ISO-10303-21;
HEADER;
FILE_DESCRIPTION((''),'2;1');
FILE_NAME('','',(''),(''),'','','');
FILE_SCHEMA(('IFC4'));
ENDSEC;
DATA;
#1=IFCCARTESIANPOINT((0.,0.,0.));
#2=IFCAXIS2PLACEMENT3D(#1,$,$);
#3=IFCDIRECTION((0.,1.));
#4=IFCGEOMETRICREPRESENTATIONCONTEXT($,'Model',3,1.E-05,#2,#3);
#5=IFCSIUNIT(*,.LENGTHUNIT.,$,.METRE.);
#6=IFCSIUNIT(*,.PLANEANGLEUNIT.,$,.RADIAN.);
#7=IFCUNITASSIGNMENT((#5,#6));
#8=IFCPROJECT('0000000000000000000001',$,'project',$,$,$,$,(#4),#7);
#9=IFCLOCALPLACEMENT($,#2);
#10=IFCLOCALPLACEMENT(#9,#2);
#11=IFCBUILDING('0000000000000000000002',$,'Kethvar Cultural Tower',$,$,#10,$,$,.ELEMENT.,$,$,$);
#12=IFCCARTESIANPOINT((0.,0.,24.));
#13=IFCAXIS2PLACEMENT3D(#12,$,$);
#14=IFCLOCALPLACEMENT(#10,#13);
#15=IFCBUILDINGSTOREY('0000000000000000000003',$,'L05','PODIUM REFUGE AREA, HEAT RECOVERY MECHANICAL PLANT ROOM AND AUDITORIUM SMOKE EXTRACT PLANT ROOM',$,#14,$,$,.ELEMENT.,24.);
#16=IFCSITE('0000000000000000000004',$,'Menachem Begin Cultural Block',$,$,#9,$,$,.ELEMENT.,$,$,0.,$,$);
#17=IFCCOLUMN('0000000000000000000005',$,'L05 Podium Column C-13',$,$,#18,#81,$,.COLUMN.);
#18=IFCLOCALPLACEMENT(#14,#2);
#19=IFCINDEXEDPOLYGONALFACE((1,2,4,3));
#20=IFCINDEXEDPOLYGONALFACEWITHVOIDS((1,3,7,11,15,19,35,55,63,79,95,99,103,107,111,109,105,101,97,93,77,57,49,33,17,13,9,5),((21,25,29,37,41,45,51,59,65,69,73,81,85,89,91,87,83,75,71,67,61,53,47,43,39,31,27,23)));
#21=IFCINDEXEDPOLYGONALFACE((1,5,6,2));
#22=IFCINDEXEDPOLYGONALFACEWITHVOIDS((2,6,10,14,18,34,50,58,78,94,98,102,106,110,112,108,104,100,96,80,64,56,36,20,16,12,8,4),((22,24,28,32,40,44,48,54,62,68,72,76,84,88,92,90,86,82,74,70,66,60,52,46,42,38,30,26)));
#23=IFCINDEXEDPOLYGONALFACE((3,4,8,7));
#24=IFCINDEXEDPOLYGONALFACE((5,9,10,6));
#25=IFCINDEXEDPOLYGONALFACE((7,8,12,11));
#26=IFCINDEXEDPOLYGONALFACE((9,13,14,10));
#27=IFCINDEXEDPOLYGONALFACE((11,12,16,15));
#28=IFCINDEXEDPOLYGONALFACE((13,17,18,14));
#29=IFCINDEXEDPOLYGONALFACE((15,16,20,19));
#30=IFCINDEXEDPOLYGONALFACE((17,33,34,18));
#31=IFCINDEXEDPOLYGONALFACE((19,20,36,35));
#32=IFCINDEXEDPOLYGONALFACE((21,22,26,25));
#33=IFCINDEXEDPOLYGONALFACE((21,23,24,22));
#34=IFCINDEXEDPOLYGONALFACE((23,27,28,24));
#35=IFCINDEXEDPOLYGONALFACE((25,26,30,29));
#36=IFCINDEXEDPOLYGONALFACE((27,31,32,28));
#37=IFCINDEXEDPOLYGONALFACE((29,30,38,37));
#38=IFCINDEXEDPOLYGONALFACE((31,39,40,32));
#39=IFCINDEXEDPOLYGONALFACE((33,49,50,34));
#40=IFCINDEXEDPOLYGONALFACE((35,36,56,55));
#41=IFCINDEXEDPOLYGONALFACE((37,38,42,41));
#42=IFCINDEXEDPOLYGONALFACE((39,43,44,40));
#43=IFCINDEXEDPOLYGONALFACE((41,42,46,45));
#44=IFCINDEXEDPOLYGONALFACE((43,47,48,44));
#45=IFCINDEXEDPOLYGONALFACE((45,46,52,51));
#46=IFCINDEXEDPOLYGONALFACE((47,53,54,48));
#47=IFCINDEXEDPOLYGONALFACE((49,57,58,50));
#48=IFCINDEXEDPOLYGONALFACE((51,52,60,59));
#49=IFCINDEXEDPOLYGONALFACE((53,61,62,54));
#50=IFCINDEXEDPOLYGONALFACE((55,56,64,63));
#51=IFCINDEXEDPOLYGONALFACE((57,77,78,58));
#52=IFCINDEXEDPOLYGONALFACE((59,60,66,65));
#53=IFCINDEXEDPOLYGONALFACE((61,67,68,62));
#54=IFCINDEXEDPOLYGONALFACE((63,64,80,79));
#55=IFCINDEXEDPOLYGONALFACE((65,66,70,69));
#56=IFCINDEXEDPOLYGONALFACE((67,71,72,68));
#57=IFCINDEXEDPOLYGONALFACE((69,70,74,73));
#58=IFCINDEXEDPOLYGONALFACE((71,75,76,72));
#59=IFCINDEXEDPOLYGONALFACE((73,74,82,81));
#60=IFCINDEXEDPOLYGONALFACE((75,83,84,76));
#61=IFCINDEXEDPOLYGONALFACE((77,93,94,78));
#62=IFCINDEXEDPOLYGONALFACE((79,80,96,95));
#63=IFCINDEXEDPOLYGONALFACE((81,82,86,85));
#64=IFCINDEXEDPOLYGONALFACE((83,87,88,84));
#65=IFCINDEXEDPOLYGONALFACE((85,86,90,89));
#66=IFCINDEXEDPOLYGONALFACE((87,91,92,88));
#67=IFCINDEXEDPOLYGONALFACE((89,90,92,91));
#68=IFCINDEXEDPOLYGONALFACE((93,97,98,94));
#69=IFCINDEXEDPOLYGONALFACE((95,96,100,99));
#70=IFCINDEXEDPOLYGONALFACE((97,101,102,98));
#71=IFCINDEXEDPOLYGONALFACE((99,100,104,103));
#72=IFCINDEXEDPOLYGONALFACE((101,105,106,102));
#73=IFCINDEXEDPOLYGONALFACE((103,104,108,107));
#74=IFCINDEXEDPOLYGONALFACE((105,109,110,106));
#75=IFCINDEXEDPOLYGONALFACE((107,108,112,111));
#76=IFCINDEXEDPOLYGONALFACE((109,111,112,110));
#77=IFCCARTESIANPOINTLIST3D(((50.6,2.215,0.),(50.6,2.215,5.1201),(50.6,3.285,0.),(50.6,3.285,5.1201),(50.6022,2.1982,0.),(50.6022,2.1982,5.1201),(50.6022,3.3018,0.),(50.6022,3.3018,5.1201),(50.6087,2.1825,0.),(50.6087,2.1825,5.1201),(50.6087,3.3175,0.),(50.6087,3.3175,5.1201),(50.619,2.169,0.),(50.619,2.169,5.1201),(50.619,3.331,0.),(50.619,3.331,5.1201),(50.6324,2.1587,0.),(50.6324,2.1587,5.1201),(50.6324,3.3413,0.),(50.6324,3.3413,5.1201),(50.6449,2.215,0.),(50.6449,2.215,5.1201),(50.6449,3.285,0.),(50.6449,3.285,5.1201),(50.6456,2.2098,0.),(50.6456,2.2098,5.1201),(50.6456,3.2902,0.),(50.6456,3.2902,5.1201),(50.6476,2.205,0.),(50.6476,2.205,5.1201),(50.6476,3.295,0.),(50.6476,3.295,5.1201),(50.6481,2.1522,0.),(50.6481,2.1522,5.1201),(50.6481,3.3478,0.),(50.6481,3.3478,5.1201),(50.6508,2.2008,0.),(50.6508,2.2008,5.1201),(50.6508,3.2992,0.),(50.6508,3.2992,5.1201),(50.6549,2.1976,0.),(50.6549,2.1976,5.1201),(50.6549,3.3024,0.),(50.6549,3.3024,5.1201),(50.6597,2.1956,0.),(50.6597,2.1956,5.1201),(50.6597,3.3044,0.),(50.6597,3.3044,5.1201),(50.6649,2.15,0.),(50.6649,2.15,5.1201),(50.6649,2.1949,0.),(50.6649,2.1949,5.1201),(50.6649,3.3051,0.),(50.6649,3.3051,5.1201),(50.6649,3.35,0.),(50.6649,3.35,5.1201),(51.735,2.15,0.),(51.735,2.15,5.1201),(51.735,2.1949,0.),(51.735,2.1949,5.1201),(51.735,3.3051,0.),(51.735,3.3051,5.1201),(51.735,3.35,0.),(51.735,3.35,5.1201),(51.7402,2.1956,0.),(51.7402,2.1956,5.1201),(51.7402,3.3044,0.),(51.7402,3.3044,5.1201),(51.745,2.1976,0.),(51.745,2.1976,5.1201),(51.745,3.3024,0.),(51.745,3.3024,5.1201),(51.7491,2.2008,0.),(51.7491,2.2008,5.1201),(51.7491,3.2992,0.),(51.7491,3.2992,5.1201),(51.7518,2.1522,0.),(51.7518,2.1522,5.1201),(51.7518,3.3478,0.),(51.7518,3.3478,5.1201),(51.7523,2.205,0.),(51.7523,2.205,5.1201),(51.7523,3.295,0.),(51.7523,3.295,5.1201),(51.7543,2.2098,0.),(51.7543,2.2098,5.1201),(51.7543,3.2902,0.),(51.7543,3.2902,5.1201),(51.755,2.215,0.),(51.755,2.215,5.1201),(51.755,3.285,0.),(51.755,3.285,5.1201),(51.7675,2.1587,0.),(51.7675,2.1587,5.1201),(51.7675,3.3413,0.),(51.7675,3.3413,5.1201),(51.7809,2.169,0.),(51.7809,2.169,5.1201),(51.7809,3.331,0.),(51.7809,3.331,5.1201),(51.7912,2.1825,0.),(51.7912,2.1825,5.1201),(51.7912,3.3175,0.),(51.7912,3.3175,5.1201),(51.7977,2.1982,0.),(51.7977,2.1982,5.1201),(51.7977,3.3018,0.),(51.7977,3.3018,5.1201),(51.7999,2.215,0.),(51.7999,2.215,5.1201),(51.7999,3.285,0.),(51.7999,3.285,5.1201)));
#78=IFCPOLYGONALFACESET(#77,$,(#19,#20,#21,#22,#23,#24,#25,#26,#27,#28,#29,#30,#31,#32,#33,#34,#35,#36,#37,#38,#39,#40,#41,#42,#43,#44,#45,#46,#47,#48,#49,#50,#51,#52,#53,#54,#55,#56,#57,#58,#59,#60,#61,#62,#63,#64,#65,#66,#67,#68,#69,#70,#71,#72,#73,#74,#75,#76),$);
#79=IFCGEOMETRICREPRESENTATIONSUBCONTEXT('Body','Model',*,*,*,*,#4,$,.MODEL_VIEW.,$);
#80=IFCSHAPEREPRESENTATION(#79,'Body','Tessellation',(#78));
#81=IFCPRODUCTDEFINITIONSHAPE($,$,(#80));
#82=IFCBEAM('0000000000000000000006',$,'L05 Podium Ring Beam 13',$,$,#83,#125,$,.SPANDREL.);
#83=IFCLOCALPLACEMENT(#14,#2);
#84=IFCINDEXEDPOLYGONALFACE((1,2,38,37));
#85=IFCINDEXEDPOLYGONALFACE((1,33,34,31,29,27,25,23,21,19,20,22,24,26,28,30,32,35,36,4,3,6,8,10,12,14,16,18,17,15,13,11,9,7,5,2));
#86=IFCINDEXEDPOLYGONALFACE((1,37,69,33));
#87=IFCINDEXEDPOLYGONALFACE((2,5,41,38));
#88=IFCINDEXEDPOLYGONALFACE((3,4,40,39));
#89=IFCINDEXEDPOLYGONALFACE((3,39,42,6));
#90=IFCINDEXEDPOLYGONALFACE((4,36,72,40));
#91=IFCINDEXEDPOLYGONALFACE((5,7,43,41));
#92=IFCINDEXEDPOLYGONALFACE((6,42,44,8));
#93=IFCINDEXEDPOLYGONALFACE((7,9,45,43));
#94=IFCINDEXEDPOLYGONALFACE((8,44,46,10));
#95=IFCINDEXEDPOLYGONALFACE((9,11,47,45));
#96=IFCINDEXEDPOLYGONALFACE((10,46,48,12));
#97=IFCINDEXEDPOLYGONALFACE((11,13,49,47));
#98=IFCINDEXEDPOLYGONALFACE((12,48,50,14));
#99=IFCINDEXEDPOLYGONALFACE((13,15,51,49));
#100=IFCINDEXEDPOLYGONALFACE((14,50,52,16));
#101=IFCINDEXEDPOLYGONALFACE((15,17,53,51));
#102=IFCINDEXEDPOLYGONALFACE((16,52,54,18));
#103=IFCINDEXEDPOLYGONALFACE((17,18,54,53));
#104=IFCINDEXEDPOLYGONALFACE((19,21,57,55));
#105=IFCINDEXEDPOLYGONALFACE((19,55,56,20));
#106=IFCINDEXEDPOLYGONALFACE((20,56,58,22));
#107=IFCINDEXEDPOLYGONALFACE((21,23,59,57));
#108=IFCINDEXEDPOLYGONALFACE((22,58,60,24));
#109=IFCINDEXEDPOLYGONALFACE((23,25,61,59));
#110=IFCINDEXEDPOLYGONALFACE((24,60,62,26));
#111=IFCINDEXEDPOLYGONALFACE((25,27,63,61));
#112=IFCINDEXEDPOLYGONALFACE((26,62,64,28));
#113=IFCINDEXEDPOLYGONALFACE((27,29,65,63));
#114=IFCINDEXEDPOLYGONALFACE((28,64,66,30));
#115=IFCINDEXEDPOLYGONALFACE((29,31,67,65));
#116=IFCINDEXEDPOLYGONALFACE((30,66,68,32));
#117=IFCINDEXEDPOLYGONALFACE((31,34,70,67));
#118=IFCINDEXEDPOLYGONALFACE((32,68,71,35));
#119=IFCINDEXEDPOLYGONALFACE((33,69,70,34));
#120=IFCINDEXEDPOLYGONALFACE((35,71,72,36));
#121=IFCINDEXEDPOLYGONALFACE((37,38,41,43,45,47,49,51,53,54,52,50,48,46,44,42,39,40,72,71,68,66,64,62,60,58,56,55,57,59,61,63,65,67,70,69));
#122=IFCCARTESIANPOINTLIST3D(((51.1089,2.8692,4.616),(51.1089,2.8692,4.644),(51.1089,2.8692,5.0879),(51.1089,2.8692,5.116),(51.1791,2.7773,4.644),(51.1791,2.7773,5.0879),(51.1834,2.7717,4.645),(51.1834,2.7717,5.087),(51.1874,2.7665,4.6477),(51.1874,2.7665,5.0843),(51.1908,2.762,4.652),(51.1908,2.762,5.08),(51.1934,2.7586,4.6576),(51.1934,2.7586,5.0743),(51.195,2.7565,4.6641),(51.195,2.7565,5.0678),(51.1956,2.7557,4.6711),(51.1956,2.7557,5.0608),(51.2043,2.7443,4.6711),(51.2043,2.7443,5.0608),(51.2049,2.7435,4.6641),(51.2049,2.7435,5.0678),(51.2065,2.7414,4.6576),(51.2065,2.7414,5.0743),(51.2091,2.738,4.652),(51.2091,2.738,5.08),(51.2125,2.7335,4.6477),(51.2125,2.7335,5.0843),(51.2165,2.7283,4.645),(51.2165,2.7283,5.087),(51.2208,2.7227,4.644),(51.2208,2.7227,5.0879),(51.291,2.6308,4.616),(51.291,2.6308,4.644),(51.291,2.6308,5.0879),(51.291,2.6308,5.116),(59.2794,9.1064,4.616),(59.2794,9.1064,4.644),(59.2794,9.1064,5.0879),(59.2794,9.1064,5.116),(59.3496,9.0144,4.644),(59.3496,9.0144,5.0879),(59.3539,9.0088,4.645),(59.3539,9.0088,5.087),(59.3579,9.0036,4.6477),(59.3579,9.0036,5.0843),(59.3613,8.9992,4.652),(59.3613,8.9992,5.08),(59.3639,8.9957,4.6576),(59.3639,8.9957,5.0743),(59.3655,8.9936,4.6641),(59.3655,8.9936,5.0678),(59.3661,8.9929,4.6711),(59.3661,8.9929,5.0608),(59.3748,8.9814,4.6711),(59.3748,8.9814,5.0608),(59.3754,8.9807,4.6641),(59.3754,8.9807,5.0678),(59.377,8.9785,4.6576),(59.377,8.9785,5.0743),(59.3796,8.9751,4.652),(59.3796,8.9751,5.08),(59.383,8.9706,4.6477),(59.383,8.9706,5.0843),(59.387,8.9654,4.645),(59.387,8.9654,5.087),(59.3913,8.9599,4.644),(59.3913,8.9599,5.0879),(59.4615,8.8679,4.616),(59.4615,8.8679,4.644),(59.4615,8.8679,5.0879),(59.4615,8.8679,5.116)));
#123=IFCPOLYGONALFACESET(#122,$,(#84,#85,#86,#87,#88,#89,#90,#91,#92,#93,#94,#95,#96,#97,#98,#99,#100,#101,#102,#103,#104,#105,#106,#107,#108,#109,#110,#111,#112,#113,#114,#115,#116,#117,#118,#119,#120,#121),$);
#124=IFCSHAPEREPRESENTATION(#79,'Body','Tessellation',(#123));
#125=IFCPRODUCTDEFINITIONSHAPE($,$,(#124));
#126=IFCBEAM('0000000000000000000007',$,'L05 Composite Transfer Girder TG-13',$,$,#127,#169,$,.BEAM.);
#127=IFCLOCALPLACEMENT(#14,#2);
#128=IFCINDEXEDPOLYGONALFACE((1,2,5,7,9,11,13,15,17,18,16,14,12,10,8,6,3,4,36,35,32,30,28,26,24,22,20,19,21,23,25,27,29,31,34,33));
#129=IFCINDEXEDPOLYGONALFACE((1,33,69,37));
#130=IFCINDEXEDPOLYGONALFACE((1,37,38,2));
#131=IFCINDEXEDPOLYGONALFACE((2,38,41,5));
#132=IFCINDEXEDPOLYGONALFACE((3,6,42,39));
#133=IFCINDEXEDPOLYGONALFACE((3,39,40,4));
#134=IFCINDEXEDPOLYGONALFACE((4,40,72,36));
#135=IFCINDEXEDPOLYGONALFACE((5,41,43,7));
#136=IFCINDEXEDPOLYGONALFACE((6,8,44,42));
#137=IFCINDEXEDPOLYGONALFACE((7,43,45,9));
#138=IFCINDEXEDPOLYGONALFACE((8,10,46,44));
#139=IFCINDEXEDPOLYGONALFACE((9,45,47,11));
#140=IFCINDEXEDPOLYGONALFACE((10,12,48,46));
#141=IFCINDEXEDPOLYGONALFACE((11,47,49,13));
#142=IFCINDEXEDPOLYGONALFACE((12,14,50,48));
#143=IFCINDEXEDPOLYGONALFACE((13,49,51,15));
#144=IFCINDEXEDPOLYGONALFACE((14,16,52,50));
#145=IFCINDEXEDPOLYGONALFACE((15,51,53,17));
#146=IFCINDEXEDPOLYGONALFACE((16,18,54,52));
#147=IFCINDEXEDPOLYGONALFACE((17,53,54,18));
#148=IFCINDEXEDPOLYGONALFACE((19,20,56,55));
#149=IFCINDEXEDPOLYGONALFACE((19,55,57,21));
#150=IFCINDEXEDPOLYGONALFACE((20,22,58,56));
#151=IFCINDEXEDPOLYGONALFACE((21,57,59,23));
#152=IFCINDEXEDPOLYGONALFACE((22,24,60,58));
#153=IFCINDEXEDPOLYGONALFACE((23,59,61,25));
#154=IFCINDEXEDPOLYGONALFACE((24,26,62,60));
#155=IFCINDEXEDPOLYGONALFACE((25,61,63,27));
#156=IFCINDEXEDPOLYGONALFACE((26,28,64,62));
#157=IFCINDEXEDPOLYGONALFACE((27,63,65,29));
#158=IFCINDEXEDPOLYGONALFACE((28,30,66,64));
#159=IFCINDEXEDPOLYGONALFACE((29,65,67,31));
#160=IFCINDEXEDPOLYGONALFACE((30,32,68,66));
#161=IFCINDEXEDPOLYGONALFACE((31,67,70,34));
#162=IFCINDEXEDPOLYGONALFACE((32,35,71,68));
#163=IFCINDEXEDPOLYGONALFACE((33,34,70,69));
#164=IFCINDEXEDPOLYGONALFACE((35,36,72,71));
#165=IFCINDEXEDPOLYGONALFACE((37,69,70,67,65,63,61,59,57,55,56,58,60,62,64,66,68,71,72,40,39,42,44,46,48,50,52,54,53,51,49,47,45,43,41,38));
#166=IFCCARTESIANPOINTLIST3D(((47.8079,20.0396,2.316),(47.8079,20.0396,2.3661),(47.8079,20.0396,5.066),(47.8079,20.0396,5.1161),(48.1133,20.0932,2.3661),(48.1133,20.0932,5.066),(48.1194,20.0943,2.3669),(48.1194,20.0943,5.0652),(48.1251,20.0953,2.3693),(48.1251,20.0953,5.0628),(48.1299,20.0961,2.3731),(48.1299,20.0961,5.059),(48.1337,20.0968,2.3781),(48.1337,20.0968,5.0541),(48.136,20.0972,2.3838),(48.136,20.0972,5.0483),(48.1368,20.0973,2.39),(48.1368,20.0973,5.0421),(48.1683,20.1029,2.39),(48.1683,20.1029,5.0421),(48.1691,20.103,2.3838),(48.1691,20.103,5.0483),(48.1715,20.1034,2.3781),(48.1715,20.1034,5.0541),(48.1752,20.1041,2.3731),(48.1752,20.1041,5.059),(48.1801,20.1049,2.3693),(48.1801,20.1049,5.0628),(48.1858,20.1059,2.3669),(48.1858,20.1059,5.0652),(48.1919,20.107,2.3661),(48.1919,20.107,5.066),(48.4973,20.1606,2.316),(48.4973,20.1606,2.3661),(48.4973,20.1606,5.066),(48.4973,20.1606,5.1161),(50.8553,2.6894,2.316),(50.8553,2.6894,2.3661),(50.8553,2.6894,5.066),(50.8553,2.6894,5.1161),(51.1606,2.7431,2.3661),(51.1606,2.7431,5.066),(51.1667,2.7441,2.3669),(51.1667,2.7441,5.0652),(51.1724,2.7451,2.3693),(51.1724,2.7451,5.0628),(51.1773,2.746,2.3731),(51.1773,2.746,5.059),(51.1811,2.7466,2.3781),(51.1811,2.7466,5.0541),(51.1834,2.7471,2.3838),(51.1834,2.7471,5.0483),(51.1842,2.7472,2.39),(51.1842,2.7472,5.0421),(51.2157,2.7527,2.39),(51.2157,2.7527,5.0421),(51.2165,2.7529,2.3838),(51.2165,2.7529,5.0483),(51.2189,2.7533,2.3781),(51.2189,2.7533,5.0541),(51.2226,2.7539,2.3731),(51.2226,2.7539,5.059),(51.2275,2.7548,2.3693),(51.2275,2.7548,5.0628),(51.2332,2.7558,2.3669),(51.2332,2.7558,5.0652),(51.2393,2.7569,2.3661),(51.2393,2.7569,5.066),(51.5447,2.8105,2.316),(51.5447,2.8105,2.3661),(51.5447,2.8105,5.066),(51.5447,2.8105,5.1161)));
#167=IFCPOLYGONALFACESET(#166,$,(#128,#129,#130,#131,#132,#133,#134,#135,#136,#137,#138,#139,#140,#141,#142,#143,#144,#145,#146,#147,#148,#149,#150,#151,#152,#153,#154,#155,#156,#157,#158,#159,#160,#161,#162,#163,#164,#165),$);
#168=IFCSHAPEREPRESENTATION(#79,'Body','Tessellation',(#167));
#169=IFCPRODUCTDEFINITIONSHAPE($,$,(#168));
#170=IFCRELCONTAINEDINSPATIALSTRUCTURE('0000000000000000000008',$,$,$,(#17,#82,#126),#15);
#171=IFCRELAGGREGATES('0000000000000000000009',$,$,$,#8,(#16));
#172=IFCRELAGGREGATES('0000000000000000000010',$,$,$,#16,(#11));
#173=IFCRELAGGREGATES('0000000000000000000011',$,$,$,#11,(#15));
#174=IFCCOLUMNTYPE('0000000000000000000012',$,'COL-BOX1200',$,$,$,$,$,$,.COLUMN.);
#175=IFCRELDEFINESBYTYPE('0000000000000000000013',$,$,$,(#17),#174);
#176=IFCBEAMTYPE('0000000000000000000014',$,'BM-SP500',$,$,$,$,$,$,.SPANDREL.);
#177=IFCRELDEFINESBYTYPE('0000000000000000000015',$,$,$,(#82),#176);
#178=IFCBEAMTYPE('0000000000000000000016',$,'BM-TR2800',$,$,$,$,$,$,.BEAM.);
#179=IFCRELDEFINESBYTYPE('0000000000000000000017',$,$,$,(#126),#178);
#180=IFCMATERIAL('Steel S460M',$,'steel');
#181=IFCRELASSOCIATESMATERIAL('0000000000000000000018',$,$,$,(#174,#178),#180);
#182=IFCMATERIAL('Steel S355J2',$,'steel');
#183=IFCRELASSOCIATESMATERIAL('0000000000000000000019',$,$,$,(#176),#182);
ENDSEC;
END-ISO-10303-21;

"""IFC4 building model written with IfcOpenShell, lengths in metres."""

from ifc_helpers import new_model, si_unit, direction, frame, origin, origin_2d, place, context, subcontext, project, spatial, hollow_rectangle, i_section, extrude, source, transform, mapped, material, material_profile, profile_set, type_object, element, save


model = new_model("IFC4")

# Units and contexts
model_context = context("Model", 3, precision=1e-05, world=origin(), true_north=direction((0.0, 1.0)))
body_context = subcontext(model_context, "Body", "Model", "MODEL_VIEW")
ifc_project = project(units=[si_unit("LENGTHUNIT", "METRE"), si_unit("PLANEANGLEUNIT", "RADIAN")], contexts=[model_context])

# Site, building, storey
site_placement = place(None, origin())
site = spatial("IfcSite", under=ifc_project, at=site_placement, Name="Menachem Begin Cultural Block", CompositionType="ELEMENT", RefElevation=0.0)
building_placement = place(site_placement, origin())
building = spatial("IfcBuilding", under=site, at=building_placement, Name="Kethvar Cultural Tower", CompositionType="ELEMENT")
storey_placement = place(building_placement, frame((0.0, 0.0, 24.0)))
storey = spatial("IfcBuildingStorey", under=building, at=storey_placement, Name="L05", Description="PODIUM REFUGE AREA, HEAT RECOVERY MECHANICAL PLANT ROOM AND AUDITORIUM SMOKE EXTRACT PLANT ROOM", CompositionType="ELEMENT", Elevation=24.0)

# Column
ifc_material_1 = material(Name="Steel S460M", Category="steel")
ifc_material_profile_1 = material_profile(ifc_material_1, hollow_rectangle(XDim=1.2, YDim=1.2, WallThickness=0.0449, InnerFilletRadius=0.02, OuterFilletRadius=0.0649, at=origin_2d()), Name="Steel S460M — BOX1200x1200x45")
ifc_profile_set_1 = profile_set([ifc_material_profile_1], Name="Steel S460M — BOX1200x1200x45")
column_type = type_object("IfcColumnType", Name="COL-BOX1200", PredefinedType="COLUMN", material=ifc_profile_set_1)
shared_shape_1 = source(origin(), body_context, "Body", "SweptSolid", [
    extrude(hollow_rectangle(XDim=1.2, YDim=1.2, WallThickness=0.0449, InnerFilletRadius=0.02, OuterFilletRadius=0.0649, at=origin_2d()), origin(), (0.0, 0.0, 1.0), 5.1201),
])
column_placement = place(storey_placement, frame((51.2, 2.75, 0.0), z_axis=(0.0, 0.0, 1.0), x_axis=(1.0, 0.0, 0.0)))
element("IfcColumn", 1, at=column_placement, inside=storey, type_object=column_type, Name="L05 Podium Column C-13", PredefinedType="COLUMN", context=body_context, shape_type="MappedRepresentation", body=[
    mapped(shared_shape_1, transform((0.0, 0.0, 0.0), scale=1.0)),
])

# Beams
ifc_material_2 = material(Name="Steel S355J2", Category="steel")
ifc_material_profile_2 = material_profile(ifc_material_2, i_section(OverallWidth=0.3, OverallDepth=0.5, WebThickness=0.0144, FlangeThickness=0.0281, FilletRadius=0.0271, at=origin_2d()), Name="Steel S355J2 — HEB500")
ifc_profile_set_2 = profile_set([ifc_material_profile_2], Name="Steel S355J2 — HEB500")
beam_type_1 = type_object("IfcBeamType", Name="BM-SP500", PredefinedType="SPANDREL", material=ifc_profile_set_2)
shared_shape_2 = source(origin(), body_context, "Body", "SweptSolid", [
    extrude(i_section(OverallWidth=0.3, OverallDepth=0.5, WebThickness=0.0144, FlangeThickness=0.0281, FilletRadius=0.0271, at=origin_2d()), origin(), (0.0, 0.0, 1.0), 10.2791),
])
beam_1_placement = place(storey_placement, frame((51.2, 2.75, 4.866), z_axis=(0.794869, 0.606781, 0.0), x_axis=(-0.606781, 0.794869, 0.0)))
element("IfcBeam", 2, at=beam_1_placement, inside=storey, type_object=beam_type_1, Name="L05 Podium Ring Beam 13", PredefinedType="SPANDREL", context=body_context, shape_type="MappedRepresentation", body=[
    mapped(shared_shape_2, transform((0.0, 0.0, 0.0), scale=1.0)),
])
ifc_material_profile_3 = material_profile(ifc_material_1, i_section(OverallWidth=0.7, OverallDepth=2.8, WebThickness=0.032, FlangeThickness=0.05, FilletRadius=0.0239, at=origin_2d()), Name="Steel S460M — PG2800x700x50x32")
ifc_profile_set_3 = profile_set([ifc_material_profile_3], Name="Steel S460M — PG2800x700x50x32")
beam_type_2 = type_object("IfcBeamType", Name="BM-TR2800", PredefinedType="BEAM", material=ifc_profile_set_3)
shared_shape_3 = source(origin(), body_context, "Body", "SweptSolid", [
    extrude(i_section(OverallWidth=0.7, OverallDepth=2.8, WebThickness=0.032, FlangeThickness=0.05, FilletRadius=0.0239, at=origin_2d()), origin(), (0.0, 0.0, 1.0), 17.6157),
])
beam_2_placement = place(storey_placement, frame((48.1526, 20.1001, 3.7161), z_axis=(0.172991, -0.984923, 0.0), x_axis=(0.984923, 0.172991, 0.0)))
element("IfcBeam", 3, at=beam_2_placement, inside=storey, type_object=beam_type_2, Name="L05 Composite Transfer Girder TG-13", PredefinedType="BEAM", context=body_context, shape_type="MappedRepresentation", body=[
    mapped(shared_shape_3, transform((0.0, 0.0, 0.0), scale=1.0)),
])

save(model, "model.ifc")
